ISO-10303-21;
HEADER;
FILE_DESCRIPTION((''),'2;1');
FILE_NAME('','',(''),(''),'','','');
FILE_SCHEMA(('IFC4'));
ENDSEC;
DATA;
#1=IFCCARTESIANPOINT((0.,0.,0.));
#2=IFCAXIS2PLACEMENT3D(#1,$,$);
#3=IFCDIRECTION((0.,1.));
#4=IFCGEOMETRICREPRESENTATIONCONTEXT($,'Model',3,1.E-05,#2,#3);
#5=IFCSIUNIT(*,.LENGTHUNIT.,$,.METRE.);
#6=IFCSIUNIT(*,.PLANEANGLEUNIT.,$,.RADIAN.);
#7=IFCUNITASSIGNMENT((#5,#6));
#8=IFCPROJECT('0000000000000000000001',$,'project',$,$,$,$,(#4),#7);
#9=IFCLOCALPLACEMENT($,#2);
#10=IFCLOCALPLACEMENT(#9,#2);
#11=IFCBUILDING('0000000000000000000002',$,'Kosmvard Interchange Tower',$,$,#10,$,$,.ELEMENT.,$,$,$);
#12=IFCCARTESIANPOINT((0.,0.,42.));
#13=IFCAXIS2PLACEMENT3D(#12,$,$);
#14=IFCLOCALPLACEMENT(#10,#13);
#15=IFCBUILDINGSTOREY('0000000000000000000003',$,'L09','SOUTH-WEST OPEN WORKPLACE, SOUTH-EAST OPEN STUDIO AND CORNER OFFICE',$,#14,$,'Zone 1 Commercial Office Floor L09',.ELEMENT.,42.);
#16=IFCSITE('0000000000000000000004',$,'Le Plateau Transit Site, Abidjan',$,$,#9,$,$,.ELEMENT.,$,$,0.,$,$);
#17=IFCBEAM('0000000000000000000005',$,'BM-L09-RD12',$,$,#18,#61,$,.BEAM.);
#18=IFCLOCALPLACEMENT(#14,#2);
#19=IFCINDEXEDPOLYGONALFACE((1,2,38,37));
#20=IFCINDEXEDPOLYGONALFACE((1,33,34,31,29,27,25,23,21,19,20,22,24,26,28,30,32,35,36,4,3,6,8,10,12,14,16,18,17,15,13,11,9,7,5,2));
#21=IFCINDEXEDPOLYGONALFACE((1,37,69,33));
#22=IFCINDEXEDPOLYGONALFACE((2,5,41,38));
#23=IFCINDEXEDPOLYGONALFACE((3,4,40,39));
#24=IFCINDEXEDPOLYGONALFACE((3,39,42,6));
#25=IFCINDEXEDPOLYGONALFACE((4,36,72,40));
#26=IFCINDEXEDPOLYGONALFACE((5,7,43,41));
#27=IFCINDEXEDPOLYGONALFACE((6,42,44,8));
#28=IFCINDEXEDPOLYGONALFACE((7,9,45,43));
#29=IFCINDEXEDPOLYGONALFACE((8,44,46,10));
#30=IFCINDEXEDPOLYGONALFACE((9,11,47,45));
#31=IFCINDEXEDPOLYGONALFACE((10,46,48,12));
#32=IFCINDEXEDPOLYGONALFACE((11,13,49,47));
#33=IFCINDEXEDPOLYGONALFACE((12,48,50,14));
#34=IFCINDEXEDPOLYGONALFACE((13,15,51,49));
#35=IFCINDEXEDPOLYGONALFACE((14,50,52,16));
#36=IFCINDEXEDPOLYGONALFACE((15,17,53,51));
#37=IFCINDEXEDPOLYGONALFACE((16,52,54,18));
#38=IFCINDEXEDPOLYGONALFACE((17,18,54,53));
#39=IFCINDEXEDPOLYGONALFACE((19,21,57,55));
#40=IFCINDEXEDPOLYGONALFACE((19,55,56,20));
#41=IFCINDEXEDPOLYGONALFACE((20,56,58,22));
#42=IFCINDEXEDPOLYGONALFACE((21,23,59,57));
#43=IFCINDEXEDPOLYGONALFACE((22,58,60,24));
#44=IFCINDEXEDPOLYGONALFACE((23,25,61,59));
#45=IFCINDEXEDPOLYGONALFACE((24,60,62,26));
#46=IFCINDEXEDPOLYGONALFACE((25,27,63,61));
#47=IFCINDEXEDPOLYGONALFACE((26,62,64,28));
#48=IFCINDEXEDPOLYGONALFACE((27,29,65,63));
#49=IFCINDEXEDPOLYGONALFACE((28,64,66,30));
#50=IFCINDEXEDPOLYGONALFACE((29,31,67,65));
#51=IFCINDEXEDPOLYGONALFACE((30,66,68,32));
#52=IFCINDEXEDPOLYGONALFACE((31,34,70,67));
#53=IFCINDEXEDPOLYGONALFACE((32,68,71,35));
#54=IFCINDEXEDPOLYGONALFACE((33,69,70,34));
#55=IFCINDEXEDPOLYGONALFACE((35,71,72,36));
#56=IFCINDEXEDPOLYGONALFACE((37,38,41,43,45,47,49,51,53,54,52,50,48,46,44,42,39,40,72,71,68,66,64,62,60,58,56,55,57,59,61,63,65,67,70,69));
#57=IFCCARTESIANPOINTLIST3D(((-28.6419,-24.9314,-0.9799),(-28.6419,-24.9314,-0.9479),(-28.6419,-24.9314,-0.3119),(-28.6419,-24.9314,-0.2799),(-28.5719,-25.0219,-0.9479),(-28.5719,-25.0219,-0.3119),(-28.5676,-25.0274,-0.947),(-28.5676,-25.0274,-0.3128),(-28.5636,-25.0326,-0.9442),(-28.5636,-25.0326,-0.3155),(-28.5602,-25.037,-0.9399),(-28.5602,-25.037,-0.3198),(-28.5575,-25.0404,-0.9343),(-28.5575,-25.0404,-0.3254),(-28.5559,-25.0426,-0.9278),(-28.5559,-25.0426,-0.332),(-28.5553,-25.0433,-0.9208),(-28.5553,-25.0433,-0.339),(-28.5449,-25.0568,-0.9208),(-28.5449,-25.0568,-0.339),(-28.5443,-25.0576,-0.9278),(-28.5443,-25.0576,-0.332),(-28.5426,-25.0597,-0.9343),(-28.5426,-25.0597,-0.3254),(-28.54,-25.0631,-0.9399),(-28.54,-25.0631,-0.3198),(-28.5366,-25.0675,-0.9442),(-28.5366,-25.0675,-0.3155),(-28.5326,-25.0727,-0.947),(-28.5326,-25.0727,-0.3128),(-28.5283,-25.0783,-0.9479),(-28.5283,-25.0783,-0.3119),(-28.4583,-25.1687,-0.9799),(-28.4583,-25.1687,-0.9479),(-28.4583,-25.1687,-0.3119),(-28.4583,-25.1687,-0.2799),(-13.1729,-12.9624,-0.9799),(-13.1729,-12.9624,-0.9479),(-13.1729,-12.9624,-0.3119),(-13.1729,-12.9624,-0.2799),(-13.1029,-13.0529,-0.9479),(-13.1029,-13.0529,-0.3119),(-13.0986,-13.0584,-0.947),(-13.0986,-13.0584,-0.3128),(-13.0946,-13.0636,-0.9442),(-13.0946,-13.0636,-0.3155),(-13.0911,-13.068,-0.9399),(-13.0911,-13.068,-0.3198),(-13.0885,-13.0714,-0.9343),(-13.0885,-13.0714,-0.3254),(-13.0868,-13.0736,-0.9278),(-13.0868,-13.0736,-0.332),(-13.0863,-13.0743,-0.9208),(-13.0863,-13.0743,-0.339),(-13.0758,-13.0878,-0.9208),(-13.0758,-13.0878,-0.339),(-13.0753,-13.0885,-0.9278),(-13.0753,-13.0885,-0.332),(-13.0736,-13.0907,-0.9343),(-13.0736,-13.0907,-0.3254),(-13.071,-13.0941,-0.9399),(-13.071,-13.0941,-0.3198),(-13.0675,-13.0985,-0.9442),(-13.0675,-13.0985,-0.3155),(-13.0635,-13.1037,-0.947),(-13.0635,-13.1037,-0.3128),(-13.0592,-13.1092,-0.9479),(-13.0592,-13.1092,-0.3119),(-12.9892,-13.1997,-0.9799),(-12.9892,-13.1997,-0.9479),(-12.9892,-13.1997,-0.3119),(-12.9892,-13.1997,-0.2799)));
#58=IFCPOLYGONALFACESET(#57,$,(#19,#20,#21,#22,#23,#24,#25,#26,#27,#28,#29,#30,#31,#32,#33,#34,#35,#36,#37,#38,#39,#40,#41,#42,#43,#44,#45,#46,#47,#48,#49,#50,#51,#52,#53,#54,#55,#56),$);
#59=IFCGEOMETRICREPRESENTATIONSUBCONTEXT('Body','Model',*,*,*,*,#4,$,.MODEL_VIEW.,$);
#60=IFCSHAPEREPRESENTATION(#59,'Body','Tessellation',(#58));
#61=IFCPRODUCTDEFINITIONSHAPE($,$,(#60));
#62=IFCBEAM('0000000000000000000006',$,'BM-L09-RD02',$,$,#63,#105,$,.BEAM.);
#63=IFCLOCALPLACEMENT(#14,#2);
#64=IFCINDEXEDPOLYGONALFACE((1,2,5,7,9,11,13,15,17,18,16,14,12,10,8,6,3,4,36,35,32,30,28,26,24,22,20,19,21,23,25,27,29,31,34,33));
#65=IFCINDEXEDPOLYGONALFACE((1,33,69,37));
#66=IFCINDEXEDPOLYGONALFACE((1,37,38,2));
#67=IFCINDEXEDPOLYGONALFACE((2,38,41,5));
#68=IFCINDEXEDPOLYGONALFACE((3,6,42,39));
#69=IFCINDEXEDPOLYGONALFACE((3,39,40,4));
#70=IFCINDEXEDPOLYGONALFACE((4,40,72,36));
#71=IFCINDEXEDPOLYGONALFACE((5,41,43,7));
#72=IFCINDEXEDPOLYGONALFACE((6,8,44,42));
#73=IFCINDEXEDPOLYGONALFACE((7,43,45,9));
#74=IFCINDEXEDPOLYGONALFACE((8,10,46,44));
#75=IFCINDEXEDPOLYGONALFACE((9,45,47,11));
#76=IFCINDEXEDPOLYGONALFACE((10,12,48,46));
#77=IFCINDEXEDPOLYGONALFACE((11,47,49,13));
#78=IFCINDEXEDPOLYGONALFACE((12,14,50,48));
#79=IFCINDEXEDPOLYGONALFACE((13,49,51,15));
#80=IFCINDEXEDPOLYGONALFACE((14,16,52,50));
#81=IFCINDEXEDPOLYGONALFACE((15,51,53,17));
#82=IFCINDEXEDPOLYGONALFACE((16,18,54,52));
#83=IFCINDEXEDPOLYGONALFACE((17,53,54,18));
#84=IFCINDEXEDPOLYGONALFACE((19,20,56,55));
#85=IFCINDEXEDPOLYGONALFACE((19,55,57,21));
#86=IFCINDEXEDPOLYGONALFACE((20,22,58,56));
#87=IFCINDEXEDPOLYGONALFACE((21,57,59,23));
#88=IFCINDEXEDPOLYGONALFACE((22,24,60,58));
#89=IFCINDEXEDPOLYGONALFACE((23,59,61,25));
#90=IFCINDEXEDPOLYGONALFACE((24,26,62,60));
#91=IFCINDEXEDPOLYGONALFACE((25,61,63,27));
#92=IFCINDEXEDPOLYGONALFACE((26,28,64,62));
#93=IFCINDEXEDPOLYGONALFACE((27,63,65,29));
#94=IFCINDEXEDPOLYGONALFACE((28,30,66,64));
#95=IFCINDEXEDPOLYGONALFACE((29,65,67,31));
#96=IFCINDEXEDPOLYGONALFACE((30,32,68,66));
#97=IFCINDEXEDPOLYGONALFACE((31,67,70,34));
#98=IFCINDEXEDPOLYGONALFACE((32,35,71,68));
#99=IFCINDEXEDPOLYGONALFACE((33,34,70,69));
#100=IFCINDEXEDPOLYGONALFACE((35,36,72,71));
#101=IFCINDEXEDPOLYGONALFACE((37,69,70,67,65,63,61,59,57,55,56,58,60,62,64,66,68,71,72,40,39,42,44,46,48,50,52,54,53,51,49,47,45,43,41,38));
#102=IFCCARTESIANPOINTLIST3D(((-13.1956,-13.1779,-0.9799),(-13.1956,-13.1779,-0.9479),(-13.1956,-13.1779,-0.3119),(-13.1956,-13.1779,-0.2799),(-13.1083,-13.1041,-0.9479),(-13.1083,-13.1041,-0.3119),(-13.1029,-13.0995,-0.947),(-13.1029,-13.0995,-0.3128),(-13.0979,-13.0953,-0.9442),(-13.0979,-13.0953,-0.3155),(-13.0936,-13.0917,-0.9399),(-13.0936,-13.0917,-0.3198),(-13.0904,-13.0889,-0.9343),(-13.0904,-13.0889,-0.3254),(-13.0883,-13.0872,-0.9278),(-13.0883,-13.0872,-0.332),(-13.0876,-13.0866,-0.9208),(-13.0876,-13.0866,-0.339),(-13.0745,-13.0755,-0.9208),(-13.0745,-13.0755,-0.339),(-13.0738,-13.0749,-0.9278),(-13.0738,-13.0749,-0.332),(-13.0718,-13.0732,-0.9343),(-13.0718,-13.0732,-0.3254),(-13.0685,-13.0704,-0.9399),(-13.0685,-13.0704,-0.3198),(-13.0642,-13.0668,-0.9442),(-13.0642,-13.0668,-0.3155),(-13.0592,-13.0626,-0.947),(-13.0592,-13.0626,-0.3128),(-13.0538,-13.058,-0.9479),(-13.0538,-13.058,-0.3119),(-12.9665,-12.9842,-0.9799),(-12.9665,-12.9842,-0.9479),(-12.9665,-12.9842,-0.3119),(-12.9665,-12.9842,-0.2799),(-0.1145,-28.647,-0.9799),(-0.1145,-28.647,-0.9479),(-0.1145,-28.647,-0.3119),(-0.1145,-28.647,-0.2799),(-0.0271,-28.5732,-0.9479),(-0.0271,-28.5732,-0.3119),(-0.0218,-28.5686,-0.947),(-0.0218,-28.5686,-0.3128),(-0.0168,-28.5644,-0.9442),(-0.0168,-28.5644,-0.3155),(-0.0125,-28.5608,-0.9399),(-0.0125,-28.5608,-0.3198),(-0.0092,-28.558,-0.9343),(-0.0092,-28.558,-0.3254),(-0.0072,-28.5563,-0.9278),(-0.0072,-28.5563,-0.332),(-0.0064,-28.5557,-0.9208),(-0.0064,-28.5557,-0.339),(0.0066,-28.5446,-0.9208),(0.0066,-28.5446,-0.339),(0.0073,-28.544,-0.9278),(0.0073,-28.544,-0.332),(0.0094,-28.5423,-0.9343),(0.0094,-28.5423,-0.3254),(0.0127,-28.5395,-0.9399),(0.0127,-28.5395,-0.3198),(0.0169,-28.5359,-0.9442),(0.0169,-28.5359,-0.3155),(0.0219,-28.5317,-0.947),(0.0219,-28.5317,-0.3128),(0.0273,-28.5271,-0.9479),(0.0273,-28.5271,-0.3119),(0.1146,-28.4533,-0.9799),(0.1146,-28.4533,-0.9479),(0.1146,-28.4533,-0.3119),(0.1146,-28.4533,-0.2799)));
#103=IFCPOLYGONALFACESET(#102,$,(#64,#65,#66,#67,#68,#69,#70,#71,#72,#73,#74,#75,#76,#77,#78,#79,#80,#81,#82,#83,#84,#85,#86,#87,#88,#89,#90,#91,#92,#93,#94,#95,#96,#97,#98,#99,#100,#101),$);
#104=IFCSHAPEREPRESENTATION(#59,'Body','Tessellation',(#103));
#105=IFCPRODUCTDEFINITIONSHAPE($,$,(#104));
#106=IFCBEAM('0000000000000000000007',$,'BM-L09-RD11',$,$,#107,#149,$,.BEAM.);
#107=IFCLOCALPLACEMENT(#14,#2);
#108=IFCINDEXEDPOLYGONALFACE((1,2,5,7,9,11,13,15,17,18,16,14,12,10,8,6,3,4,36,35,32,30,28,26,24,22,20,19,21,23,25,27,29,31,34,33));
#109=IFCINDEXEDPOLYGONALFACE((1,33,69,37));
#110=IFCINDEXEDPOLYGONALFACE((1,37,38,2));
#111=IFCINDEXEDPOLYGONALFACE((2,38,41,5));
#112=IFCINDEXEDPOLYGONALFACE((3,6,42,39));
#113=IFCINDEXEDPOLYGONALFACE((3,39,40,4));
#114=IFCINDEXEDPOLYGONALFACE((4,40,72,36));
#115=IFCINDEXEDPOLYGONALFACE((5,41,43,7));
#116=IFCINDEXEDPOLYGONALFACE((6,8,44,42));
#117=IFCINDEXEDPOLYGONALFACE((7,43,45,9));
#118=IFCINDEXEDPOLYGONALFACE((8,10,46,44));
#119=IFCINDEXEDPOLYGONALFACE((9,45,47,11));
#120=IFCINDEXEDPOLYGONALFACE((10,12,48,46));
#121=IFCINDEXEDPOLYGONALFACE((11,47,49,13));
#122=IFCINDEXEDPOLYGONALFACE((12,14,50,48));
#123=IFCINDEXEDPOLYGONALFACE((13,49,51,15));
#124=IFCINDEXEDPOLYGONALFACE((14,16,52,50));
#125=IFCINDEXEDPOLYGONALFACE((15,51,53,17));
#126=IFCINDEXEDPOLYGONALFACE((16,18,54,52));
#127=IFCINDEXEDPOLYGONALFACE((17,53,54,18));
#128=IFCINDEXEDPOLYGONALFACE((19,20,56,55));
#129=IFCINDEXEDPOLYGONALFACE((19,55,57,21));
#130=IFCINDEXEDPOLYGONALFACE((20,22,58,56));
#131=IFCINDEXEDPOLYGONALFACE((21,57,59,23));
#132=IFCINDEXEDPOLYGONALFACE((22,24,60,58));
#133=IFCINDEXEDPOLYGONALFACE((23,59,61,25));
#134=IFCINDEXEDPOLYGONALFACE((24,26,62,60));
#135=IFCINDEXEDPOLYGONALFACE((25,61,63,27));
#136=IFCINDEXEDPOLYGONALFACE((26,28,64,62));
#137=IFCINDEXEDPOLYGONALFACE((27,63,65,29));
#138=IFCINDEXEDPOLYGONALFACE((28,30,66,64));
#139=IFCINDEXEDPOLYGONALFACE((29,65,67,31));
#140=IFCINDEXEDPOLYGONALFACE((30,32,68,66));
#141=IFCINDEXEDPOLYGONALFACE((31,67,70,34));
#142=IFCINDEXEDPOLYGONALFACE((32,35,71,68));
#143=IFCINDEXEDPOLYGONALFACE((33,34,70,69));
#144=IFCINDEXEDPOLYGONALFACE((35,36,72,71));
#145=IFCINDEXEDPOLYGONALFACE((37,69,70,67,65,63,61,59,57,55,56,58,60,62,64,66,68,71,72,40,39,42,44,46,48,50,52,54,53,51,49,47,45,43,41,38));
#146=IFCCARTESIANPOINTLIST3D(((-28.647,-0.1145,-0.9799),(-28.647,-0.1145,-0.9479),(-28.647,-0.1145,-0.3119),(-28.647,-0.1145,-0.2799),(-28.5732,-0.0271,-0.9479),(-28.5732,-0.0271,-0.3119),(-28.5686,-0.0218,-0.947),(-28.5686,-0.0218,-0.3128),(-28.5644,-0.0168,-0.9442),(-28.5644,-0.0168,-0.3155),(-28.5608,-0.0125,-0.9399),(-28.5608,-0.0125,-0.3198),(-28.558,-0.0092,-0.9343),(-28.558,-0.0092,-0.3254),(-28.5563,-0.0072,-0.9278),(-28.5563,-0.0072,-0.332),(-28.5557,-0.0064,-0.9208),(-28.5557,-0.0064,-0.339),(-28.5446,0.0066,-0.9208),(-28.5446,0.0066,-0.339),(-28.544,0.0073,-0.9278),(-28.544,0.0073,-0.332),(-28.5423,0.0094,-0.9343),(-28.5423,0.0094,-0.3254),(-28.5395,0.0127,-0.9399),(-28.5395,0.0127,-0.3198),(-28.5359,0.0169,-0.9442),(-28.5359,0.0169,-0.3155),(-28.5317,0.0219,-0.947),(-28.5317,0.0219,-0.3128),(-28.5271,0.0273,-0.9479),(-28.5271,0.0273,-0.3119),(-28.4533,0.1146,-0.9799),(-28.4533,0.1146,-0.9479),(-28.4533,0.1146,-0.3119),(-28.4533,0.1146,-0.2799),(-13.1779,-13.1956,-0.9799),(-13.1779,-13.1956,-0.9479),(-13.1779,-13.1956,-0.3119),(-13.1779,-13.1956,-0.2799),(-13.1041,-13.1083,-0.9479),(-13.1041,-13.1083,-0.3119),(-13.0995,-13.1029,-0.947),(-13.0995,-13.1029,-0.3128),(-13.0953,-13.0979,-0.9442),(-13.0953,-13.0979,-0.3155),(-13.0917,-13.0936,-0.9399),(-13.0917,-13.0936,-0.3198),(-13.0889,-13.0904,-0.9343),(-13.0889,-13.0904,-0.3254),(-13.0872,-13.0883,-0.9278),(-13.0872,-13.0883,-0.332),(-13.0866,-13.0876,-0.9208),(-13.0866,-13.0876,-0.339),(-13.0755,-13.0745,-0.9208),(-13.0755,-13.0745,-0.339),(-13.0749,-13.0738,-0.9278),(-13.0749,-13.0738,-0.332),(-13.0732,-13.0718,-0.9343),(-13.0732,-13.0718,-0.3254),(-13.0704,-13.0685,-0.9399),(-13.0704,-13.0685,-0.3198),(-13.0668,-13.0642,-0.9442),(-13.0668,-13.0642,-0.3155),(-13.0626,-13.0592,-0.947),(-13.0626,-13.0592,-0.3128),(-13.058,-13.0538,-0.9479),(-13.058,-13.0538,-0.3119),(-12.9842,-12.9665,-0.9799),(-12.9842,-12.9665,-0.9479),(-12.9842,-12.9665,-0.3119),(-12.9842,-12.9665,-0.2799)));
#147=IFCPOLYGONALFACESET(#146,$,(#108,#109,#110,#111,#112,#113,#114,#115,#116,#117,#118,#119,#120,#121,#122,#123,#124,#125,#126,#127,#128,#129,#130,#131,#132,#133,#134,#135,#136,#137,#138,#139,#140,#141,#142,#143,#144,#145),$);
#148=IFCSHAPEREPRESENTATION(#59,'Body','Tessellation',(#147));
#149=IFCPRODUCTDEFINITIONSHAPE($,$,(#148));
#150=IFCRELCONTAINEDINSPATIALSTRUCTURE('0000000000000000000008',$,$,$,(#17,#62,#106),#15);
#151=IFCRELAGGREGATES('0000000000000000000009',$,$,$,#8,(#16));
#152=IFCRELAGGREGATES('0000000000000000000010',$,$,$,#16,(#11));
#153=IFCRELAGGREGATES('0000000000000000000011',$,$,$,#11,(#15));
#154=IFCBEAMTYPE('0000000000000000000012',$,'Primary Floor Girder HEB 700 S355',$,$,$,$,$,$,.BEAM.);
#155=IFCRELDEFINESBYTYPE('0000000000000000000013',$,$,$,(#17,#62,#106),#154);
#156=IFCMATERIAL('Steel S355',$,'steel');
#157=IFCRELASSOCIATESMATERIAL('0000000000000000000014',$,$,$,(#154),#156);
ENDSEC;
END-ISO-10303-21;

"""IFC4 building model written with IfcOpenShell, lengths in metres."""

from ifc_helpers import new_model, si_unit, direction, frame, origin, origin_2d, place, context, subcontext, project, spatial, i_section, extrude, source, transform, mapped, material, material_profile, profile_set, type_object, element, save


model = new_model("IFC4")

# Units and contexts
model_context = context("Model", 3, precision=1e-05, world=origin(), true_north=direction((0.0, 1.0)))
body_context = subcontext(model_context, "Body", "Model", "MODEL_VIEW")
ifc_project = project(units=[si_unit("LENGTHUNIT", "METRE"), si_unit("PLANEANGLEUNIT", "RADIAN")], contexts=[model_context])

# Site, building, storey
site_placement = place(None, origin())
site = spatial("IfcSite", under=ifc_project, at=site_placement, Name="Le Plateau Transit Site, Abidjan", CompositionType="ELEMENT", RefElevation=0.0)
building_placement = place(site_placement, origin())
building = spatial("IfcBuilding", under=site, at=building_placement, Name="Kosmvard Interchange Tower", CompositionType="ELEMENT")
storey_placement = place(building_placement, frame((0.0, 0.0, 42.0)))
storey = spatial("IfcBuildingStorey", under=building, at=storey_placement, Name="L09", Description="SOUTH-WEST OPEN WORKPLACE, SOUTH-EAST OPEN STUDIO AND CORNER OFFICE", LongName="Zone 1 Commercial Office Floor L09", CompositionType="ELEMENT", Elevation=42.0)

# Beams
ifc_material_1 = material(Name="Steel S355", Category="steel")
ifc_material_profile_1 = material_profile(ifc_material_1, i_section(OverallWidth=0.3, OverallDepth=0.7, WebThickness=0.0171, FlangeThickness=0.032, FilletRadius=0.0271, at=origin_2d()), Name="HEB 700")
ifc_profile_set_1 = profile_set([ifc_material_profile_1], Name="Steel S355")
beam_type_1 = type_object("IfcBeamType", Name="Primary Floor Girder HEB 700 S355", PredefinedType="BEAM", material=ifc_profile_set_1)
shared_shape_1 = source(origin(), body_context, "Body", "SweptSolid", [
    extrude(i_section(OverallWidth=0.3, OverallDepth=0.7, WebThickness=0.0171, FlangeThickness=0.032, FilletRadius=0.0271, at=origin_2d()), origin(), (0.0, 0.0, 1.0), 19.5588),
])
for number, where, z_axis, x_axis, name in (
    (1, (-13.0811, -13.0811, -0.6299), (-0.790897, -0.611949, 0.0), (0.611949, -0.790897, 0.0), "BM-L09-RD12"),
):
    element("IfcBeam", number, at=place(storey_placement, frame(where, z_axis=z_axis, x_axis=x_axis)), inside=storey, type_object=beam_type_1, Name=name, PredefinedType="BEAM", context=body_context, shape_type="MappedRepresentation", body=[
        mapped(shared_shape_1, transform((0.0, 0.0, 0.0), scale=1.0)),
    ])
shared_shape_2 = source(origin(), body_context, "Body", "SweptSolid", [
    extrude(i_section(OverallWidth=0.3, OverallDepth=0.7, WebThickness=0.0171, FlangeThickness=0.032, FilletRadius=0.0271, at=origin_2d()), origin(), (0.0, 0.0, 1.0), 20.2585),
])
for number, where, z_axis, x_axis, name in (
    (2, (-13.0811, -13.0811, -0.6299), (0.645709, -0.763583, 0.0), (0.763583, 0.645709, 0.0), "BM-L09-RD02"),
    (3, (-13.0811, -13.0811, -0.6299), (-0.763583, 0.645709, 0.0), (-0.645709, -0.763583, 0.0), "BM-L09-RD11"),
):
    element("IfcBeam", number, at=place(storey_placement, frame(where, z_axis=z_axis, x_axis=x_axis)), inside=storey, type_object=beam_type_1, Name=name, PredefinedType="BEAM", context=body_context, shape_type="MappedRepresentation", body=[
        mapped(shared_shape_2, transform((0.0, 0.0, 0.0), scale=1.0)),
    ])

save(model, "model.ifc")
